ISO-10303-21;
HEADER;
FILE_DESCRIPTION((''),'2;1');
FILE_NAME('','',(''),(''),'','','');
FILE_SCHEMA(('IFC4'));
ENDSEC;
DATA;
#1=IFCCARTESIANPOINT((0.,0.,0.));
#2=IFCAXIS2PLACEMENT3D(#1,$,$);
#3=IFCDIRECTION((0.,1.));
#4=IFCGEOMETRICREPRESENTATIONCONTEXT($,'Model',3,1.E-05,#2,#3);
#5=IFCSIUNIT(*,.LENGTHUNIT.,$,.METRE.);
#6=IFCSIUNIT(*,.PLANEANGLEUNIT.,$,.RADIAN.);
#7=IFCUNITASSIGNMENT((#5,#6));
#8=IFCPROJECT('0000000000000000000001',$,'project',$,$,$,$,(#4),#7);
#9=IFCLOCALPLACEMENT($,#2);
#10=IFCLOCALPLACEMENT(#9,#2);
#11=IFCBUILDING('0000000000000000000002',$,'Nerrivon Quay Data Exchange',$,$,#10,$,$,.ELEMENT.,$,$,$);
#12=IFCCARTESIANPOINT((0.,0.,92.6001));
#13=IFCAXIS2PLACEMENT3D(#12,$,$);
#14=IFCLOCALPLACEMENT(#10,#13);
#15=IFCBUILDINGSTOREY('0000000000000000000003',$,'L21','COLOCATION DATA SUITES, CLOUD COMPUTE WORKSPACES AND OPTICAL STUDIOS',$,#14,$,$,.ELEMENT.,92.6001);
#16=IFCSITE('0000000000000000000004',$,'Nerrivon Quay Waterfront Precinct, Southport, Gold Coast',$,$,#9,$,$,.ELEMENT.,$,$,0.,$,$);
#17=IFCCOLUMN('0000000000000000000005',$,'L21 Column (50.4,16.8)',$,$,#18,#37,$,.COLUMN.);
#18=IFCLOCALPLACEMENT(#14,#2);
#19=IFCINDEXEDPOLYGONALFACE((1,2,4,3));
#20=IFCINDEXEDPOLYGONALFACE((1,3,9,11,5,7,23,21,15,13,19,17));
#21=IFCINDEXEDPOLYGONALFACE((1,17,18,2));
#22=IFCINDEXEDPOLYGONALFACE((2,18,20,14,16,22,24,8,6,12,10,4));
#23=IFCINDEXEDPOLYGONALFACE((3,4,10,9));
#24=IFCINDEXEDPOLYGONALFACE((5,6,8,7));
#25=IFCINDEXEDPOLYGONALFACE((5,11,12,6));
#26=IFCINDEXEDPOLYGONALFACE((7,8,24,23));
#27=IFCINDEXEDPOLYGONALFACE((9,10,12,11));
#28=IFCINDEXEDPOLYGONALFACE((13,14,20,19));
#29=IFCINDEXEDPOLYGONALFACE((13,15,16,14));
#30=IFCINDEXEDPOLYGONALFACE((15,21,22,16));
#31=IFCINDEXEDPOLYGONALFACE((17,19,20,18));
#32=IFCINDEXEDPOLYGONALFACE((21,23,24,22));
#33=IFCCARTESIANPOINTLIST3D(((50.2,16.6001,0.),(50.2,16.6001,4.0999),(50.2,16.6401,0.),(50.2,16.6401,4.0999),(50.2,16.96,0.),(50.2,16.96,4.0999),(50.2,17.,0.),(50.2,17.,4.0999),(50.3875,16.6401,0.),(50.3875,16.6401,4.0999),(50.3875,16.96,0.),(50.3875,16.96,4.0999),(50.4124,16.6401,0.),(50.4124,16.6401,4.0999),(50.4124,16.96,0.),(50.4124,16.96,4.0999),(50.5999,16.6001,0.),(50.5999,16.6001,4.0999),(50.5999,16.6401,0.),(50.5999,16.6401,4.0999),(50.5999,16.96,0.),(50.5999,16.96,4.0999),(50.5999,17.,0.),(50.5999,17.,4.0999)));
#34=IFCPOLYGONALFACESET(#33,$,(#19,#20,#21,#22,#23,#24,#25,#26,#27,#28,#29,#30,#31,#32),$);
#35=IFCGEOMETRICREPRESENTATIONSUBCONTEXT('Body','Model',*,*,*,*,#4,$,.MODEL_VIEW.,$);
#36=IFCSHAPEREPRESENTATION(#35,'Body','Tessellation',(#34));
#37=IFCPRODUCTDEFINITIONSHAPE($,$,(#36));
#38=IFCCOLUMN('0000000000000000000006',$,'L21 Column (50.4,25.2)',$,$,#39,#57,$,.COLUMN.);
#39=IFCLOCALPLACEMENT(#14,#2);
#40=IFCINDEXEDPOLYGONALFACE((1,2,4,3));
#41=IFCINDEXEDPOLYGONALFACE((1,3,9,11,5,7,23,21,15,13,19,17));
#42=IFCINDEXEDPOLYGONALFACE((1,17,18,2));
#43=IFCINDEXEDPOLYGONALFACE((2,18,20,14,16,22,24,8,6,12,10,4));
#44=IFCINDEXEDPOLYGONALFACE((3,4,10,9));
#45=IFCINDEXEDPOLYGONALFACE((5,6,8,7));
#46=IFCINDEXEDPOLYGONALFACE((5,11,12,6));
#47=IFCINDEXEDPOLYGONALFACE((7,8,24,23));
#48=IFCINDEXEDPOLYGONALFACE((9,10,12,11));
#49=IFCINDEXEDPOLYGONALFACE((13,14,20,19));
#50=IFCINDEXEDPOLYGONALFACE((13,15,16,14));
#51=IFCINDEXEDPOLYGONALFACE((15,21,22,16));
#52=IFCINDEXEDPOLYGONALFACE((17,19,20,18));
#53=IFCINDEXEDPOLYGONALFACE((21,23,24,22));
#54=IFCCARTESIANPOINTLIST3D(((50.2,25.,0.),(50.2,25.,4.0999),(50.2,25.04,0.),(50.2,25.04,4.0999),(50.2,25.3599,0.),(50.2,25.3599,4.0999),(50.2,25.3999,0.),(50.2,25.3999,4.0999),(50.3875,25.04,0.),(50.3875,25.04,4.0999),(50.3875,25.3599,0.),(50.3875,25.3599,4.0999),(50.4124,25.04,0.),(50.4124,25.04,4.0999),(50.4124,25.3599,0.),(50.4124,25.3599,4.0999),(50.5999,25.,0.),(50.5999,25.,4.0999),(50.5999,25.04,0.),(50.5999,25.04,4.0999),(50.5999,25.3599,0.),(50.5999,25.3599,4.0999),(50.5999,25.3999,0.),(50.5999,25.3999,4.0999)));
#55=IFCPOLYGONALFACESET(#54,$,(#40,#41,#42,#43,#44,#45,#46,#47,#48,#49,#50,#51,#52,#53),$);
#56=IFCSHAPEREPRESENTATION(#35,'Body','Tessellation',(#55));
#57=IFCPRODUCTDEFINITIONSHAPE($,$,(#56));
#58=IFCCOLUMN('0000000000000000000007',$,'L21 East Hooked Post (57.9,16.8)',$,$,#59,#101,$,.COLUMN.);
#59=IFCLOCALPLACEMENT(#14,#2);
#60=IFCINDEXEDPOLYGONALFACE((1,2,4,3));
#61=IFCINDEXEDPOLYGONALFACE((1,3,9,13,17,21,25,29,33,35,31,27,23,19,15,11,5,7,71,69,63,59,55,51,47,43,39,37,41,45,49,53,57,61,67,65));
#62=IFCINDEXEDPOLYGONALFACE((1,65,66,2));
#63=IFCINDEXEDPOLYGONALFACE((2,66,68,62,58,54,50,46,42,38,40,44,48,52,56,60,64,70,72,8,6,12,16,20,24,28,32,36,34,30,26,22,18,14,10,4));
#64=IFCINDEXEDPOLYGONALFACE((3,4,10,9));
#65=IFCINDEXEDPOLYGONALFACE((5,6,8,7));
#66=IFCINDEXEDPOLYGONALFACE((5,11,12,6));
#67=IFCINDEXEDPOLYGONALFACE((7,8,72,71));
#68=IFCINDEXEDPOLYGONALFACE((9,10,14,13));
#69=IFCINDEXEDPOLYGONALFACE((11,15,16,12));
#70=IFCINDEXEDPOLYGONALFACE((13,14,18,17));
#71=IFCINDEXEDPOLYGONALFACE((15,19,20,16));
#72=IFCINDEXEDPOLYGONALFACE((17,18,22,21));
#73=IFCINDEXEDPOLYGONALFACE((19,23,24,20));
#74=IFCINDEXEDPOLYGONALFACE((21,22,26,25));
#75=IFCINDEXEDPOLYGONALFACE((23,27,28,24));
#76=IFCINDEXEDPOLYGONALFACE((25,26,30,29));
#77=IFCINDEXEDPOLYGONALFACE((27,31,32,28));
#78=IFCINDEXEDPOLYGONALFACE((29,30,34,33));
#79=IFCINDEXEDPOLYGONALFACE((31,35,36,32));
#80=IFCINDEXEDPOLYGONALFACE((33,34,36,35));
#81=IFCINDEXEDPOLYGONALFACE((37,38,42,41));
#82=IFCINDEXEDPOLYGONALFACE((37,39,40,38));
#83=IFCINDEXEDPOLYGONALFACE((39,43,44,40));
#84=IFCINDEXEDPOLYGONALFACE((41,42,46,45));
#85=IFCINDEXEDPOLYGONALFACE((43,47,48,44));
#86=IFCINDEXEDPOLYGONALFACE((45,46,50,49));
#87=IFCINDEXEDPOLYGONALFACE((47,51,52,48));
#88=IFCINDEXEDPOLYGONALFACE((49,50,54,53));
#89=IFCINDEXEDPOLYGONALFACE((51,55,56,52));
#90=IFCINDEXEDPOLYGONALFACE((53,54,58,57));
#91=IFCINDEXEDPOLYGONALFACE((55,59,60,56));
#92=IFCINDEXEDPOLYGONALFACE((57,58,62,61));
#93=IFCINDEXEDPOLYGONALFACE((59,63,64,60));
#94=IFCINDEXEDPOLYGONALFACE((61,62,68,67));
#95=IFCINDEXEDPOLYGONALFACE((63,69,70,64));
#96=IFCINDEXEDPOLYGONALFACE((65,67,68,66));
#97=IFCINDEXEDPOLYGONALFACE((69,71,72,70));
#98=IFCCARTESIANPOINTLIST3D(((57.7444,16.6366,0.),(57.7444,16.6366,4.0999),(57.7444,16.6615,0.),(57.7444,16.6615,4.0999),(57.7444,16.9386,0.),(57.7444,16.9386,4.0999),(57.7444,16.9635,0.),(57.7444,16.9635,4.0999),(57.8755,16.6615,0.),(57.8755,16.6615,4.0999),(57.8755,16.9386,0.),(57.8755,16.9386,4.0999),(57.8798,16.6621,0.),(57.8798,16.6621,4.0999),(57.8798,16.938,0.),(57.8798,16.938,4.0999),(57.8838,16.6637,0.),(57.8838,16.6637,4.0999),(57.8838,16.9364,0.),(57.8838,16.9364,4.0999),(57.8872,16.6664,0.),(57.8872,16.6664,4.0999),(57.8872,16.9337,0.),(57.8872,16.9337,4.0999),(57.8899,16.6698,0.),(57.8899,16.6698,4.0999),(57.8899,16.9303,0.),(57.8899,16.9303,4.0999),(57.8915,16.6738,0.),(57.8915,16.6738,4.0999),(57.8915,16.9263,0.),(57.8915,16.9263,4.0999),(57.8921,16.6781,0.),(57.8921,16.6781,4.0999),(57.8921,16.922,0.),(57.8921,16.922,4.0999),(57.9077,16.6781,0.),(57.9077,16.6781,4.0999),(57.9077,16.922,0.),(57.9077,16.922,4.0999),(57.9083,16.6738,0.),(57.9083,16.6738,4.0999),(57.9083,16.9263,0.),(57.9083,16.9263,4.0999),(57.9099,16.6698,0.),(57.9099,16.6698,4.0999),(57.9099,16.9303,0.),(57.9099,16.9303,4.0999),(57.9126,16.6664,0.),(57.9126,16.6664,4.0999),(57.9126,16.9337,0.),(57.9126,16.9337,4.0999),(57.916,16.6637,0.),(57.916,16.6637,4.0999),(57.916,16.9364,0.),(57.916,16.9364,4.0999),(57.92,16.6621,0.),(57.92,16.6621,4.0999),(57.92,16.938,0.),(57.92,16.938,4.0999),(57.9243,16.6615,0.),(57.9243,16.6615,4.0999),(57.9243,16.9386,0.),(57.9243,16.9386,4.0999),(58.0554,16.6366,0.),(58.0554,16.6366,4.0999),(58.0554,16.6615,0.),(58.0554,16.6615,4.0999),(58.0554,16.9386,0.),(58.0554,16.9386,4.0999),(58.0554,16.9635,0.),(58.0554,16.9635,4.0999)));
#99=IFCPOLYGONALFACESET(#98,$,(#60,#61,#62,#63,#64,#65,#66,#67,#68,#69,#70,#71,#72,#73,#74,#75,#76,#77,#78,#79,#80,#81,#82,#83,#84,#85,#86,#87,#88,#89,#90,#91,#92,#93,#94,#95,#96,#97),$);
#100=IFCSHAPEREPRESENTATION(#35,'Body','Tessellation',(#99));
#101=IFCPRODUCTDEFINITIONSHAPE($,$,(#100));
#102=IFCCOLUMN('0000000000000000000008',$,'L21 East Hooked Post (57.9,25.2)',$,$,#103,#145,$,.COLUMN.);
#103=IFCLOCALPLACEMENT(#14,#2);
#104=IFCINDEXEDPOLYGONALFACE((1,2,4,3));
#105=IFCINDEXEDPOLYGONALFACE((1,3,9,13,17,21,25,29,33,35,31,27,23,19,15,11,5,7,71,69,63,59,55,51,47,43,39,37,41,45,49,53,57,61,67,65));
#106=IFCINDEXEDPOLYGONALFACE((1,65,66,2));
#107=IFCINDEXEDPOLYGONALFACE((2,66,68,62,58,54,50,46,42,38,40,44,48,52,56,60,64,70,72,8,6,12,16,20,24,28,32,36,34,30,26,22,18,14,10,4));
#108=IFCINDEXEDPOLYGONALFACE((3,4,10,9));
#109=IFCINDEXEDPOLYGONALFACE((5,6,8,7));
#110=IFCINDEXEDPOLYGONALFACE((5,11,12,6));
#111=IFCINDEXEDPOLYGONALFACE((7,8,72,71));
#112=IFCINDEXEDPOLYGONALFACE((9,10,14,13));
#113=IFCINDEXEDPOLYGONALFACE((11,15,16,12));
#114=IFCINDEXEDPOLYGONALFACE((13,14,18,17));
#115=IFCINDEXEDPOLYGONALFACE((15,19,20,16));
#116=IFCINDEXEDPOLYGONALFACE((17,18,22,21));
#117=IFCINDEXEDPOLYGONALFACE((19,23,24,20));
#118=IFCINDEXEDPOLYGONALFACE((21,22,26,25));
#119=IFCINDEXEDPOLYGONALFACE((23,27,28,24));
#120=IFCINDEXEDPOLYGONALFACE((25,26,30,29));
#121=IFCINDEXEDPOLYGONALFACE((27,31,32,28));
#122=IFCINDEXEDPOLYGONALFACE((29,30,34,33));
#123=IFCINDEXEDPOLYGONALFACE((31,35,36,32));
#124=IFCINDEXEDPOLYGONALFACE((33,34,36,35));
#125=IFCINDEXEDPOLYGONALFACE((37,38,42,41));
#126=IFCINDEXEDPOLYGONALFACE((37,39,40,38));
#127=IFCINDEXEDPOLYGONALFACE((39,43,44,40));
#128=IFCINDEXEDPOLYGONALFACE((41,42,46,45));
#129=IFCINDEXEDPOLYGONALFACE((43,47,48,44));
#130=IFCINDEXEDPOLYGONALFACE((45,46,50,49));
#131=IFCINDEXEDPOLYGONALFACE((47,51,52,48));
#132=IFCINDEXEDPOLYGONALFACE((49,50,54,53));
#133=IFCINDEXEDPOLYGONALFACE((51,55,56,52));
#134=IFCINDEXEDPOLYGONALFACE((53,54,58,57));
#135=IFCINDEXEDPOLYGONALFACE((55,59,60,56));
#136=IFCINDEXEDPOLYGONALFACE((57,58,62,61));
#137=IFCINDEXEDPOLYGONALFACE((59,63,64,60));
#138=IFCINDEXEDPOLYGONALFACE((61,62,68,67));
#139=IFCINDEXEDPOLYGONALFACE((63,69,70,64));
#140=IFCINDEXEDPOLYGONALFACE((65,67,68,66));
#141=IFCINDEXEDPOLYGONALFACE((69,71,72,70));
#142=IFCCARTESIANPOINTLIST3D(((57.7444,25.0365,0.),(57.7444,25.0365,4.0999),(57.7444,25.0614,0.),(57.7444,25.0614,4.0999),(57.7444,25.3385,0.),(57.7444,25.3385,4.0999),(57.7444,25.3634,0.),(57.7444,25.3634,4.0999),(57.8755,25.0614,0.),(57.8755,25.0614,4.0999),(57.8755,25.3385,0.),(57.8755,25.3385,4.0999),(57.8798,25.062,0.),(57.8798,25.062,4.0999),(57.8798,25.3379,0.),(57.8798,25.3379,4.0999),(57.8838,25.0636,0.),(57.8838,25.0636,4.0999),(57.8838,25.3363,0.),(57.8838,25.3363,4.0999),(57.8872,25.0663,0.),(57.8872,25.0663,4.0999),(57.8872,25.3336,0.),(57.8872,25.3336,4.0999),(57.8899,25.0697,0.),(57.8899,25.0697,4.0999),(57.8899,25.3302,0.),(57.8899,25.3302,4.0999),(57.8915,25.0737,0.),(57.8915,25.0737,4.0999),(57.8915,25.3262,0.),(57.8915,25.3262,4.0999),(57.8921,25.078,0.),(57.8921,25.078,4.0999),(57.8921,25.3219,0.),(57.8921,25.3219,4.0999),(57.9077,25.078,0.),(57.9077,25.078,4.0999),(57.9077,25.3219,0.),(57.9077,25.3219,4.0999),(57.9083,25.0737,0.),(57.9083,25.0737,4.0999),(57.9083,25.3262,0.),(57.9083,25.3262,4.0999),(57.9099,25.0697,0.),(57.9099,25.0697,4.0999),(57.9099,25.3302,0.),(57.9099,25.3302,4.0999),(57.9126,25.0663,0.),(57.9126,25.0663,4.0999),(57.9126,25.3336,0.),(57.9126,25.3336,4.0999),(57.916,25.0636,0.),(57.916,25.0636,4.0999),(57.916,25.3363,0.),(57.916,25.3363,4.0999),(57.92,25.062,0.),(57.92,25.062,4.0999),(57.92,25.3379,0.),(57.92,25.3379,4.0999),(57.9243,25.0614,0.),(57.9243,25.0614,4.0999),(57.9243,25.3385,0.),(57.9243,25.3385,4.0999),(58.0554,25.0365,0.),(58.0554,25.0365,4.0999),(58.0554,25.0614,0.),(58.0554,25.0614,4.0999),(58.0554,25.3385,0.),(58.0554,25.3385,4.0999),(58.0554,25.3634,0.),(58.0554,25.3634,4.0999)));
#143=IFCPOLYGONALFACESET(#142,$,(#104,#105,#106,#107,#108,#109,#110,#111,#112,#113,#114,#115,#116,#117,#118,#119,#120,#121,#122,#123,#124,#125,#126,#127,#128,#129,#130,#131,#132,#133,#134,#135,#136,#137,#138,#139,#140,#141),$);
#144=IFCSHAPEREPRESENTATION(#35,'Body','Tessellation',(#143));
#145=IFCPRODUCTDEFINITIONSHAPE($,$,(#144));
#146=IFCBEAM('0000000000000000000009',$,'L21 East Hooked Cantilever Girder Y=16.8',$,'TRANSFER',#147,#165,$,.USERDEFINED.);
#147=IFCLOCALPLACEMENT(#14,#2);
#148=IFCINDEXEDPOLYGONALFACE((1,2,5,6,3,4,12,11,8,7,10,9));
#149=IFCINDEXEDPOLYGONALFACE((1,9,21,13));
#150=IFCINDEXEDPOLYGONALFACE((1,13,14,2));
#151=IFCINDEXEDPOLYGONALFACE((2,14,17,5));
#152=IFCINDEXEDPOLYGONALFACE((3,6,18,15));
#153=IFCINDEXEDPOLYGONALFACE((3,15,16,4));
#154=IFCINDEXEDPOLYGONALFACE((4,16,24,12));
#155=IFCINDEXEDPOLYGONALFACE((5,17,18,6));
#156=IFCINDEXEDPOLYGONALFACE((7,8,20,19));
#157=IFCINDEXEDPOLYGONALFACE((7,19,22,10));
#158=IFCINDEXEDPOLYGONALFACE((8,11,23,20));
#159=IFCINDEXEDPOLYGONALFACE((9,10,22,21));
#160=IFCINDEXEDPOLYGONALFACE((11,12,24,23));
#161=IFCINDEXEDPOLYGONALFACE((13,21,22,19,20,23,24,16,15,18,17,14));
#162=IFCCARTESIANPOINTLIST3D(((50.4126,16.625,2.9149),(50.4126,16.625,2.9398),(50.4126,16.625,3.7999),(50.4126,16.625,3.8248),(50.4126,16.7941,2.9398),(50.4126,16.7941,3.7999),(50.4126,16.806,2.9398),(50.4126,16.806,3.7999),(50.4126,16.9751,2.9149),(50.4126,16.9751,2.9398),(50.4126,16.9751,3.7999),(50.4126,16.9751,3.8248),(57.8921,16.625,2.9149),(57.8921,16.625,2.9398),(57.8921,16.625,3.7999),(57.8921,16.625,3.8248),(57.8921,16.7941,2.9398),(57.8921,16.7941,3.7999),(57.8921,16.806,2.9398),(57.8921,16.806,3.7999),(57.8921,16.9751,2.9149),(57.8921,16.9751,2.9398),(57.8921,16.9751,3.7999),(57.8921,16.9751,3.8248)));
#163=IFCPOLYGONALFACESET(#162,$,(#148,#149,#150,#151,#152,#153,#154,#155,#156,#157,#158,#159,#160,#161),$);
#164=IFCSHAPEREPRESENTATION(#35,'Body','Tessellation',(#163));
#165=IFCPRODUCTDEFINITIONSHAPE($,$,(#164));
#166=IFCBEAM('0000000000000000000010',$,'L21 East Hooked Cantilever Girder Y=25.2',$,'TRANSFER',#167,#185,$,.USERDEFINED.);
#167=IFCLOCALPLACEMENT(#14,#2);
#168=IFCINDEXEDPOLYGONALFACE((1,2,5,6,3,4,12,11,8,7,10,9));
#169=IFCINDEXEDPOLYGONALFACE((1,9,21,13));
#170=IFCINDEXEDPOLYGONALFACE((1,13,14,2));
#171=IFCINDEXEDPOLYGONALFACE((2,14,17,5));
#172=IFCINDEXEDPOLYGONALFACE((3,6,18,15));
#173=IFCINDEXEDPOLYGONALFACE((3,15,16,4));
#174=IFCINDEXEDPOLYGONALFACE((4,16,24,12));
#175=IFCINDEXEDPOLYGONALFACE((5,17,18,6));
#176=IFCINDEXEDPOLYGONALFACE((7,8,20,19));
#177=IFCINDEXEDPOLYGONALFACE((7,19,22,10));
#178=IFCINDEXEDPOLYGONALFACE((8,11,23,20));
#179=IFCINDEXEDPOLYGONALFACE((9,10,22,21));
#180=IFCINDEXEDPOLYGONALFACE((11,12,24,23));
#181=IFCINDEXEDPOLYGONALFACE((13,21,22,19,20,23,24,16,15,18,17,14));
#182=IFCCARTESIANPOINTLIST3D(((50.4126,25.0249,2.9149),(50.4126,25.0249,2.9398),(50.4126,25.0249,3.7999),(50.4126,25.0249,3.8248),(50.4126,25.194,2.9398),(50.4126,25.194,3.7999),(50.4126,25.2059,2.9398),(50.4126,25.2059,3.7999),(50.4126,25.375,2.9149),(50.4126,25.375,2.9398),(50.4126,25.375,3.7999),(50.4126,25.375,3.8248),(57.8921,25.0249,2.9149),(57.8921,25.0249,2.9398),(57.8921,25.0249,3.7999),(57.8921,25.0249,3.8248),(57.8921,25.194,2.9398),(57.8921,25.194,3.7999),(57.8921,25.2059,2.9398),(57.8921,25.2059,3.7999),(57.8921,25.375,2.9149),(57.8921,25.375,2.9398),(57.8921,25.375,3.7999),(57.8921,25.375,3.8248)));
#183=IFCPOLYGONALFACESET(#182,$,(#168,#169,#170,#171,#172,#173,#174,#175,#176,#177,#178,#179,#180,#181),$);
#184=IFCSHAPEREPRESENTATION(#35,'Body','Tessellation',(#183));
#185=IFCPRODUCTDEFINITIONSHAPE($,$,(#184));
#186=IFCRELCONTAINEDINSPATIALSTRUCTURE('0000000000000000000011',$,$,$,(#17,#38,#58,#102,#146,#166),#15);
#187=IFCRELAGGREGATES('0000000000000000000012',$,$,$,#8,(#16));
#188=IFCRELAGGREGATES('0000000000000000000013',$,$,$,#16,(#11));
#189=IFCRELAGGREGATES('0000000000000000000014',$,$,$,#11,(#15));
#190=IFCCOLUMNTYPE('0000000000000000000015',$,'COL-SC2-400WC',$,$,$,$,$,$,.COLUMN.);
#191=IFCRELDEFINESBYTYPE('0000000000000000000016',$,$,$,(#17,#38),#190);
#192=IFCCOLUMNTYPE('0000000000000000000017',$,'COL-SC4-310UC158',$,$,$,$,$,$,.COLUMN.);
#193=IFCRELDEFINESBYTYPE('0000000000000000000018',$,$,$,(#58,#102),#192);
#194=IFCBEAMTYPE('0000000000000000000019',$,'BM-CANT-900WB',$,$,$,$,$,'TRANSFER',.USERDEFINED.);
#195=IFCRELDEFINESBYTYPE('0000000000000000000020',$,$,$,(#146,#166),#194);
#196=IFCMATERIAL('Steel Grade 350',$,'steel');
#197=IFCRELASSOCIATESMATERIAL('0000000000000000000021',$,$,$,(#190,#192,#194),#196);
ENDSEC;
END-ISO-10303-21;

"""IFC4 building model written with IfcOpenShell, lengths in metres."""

from ifc_helpers import new_model, si_unit, direction, frame, origin, origin_2d, place, context, subcontext, project, spatial, i_section, extrude, material, material_profile, profile_set, type_object, element, save


model = new_model("IFC4")

# Units and contexts
model_context = context("Model", 3, precision=1e-05, world=origin(), true_north=direction((0.0, 1.0)))
body_context = subcontext(model_context, "Body", "Model", "MODEL_VIEW")
ifc_project = project(units=[si_unit("LENGTHUNIT", "METRE"), si_unit("PLANEANGLEUNIT", "RADIAN")], contexts=[model_context])

# Site, building, storey
site_placement = place(None, origin())
site = spatial("IfcSite", under=ifc_project, at=site_placement, Name="Nerrivon Quay Waterfront Precinct, Southport, Gold Coast", CompositionType="ELEMENT", RefElevation=0.0)
building_placement = place(site_placement, origin())
building = spatial("IfcBuilding", under=site, at=building_placement, Name="Nerrivon Quay Data Exchange", CompositionType="ELEMENT")
storey_placement = place(building_placement, frame((0.0, 0.0, 92.6001)))
storey = spatial("IfcBuildingStorey", under=building, at=storey_placement, Name="L21", Description="COLOCATION DATA SUITES, CLOUD COMPUTE WORKSPACES AND OPTICAL STUDIOS", CompositionType="ELEMENT", Elevation=92.6001)

# Columns
ifc_material_1 = material(Name="Steel Grade 350", Category="steel")
ifc_material_profile_1 = material_profile(ifc_material_1, i_section(OverallWidth=0.3999, OverallDepth=0.3999, WebThickness=0.0249, FlangeThickness=0.04, at=origin_2d()), Name="400WC328")
ifc_profile_set_1 = profile_set([ifc_material_profile_1], Name="Steel Grade 350")
column_type_1 = type_object("IfcColumnType", Name="COL-SC2-400WC", PredefinedType="COLUMN", material=ifc_profile_set_1)
for number, where, z_axis, x_axis, name in (
    (1, (50.3999, 16.8, 0.0), (0.0, 0.0, 1.0), (1.0, 0.0, 0.0), "L21 Column (50.4,16.8)"),
    (2, (50.3999, 25.2, 0.0), (0.0, 0.0, 1.0), (1.0, 0.0, 0.0), "L21 Column (50.4,25.2)"),
):
    element("IfcColumn", number, at=place(storey_placement, frame(where, z_axis=z_axis, x_axis=x_axis)), inside=storey, type_object=column_type_1, Name=name, PredefinedType="COLUMN", context=body_context, shape_type="SweptSolid", body=[
        extrude(i_section(OverallWidth=0.3999, OverallDepth=0.3999, WebThickness=0.0249, FlangeThickness=0.04, at=origin_2d()), origin(), (0.0, 0.0, 1.0), 4.0999),
    ])
ifc_material_profile_2 = material_profile(ifc_material_1, i_section(OverallWidth=0.311, OverallDepth=0.3269, WebThickness=0.0156, FlangeThickness=0.0249, FilletRadius=0.0166, at=origin_2d()), Name="310UC158")
ifc_profile_set_2 = profile_set([ifc_material_profile_2], Name="Steel Grade 350")
column_type_2 = type_object("IfcColumnType", Name="COL-SC4-310UC158", PredefinedType="COLUMN", material=ifc_profile_set_2)
for number, where, z_axis, x_axis, name in (
    (3, (57.8999, 16.8, 0.0), (0.0, 0.0, 1.0), (1.0, 0.0, 0.0), "L21 East Hooked Post (57.9,16.8)"),
    (4, (57.8999, 25.2, 0.0), (0.0, 0.0, 1.0), (1.0, 0.0, 0.0), "L21 East Hooked Post (57.9,25.2)"),
):
    element("IfcColumn", number, at=place(storey_placement, frame(where, z_axis=z_axis, x_axis=x_axis)), inside=storey, type_object=column_type_2, Name=name, PredefinedType="COLUMN", context=body_context, shape_type="SweptSolid", body=[
        extrude(i_section(OverallWidth=0.311, OverallDepth=0.3269, WebThickness=0.0156, FlangeThickness=0.0249, FilletRadius=0.0166, at=origin_2d()), origin(), (0.0, 0.0, 1.0), 4.0999),
    ])

# Beams
ifc_material_profile_3 = material_profile(ifc_material_1, i_section(OverallWidth=0.3501, OverallDepth=0.9099, WebThickness=0.012, FlangeThickness=0.0249, at=origin_2d()), Name="900WB218")
ifc_profile_set_3 = profile_set([ifc_material_profile_3], Name="Steel Grade 350")
beam_type_1 = type_object("IfcBeamType", Name="BM-CANT-900WB", ElementType="TRANSFER", PredefinedType="USERDEFINED", material=ifc_profile_set_3)
for number, where, z_axis, x_axis, name in (
    (5, (50.4126, 16.8, 3.3699), (1.0, 0.0, 0.0), (0.0, 1.0, 0.0), "L21 East Hooked Cantilever Girder Y=16.8"),
    (6, (50.4126, 25.2, 3.3699), (1.0, 0.0, 0.0), (0.0, 1.0, 0.0), "L21 East Hooked Cantilever Girder Y=25.2"),
):
    element("IfcBeam", number, at=place(storey_placement, frame(where, z_axis=z_axis, x_axis=x_axis)), inside=storey, type_object=beam_type_1, Name=name, ObjectType="TRANSFER", PredefinedType="USERDEFINED", context=body_context, shape_type="SweptSolid", body=[
        extrude(i_section(OverallWidth=0.3501, OverallDepth=0.9099, WebThickness=0.012, FlangeThickness=0.0249, at=origin_2d()), origin(), (0.0, 0.0, 1.0), 7.4795),
    ])

save(model, "model.ifc")
